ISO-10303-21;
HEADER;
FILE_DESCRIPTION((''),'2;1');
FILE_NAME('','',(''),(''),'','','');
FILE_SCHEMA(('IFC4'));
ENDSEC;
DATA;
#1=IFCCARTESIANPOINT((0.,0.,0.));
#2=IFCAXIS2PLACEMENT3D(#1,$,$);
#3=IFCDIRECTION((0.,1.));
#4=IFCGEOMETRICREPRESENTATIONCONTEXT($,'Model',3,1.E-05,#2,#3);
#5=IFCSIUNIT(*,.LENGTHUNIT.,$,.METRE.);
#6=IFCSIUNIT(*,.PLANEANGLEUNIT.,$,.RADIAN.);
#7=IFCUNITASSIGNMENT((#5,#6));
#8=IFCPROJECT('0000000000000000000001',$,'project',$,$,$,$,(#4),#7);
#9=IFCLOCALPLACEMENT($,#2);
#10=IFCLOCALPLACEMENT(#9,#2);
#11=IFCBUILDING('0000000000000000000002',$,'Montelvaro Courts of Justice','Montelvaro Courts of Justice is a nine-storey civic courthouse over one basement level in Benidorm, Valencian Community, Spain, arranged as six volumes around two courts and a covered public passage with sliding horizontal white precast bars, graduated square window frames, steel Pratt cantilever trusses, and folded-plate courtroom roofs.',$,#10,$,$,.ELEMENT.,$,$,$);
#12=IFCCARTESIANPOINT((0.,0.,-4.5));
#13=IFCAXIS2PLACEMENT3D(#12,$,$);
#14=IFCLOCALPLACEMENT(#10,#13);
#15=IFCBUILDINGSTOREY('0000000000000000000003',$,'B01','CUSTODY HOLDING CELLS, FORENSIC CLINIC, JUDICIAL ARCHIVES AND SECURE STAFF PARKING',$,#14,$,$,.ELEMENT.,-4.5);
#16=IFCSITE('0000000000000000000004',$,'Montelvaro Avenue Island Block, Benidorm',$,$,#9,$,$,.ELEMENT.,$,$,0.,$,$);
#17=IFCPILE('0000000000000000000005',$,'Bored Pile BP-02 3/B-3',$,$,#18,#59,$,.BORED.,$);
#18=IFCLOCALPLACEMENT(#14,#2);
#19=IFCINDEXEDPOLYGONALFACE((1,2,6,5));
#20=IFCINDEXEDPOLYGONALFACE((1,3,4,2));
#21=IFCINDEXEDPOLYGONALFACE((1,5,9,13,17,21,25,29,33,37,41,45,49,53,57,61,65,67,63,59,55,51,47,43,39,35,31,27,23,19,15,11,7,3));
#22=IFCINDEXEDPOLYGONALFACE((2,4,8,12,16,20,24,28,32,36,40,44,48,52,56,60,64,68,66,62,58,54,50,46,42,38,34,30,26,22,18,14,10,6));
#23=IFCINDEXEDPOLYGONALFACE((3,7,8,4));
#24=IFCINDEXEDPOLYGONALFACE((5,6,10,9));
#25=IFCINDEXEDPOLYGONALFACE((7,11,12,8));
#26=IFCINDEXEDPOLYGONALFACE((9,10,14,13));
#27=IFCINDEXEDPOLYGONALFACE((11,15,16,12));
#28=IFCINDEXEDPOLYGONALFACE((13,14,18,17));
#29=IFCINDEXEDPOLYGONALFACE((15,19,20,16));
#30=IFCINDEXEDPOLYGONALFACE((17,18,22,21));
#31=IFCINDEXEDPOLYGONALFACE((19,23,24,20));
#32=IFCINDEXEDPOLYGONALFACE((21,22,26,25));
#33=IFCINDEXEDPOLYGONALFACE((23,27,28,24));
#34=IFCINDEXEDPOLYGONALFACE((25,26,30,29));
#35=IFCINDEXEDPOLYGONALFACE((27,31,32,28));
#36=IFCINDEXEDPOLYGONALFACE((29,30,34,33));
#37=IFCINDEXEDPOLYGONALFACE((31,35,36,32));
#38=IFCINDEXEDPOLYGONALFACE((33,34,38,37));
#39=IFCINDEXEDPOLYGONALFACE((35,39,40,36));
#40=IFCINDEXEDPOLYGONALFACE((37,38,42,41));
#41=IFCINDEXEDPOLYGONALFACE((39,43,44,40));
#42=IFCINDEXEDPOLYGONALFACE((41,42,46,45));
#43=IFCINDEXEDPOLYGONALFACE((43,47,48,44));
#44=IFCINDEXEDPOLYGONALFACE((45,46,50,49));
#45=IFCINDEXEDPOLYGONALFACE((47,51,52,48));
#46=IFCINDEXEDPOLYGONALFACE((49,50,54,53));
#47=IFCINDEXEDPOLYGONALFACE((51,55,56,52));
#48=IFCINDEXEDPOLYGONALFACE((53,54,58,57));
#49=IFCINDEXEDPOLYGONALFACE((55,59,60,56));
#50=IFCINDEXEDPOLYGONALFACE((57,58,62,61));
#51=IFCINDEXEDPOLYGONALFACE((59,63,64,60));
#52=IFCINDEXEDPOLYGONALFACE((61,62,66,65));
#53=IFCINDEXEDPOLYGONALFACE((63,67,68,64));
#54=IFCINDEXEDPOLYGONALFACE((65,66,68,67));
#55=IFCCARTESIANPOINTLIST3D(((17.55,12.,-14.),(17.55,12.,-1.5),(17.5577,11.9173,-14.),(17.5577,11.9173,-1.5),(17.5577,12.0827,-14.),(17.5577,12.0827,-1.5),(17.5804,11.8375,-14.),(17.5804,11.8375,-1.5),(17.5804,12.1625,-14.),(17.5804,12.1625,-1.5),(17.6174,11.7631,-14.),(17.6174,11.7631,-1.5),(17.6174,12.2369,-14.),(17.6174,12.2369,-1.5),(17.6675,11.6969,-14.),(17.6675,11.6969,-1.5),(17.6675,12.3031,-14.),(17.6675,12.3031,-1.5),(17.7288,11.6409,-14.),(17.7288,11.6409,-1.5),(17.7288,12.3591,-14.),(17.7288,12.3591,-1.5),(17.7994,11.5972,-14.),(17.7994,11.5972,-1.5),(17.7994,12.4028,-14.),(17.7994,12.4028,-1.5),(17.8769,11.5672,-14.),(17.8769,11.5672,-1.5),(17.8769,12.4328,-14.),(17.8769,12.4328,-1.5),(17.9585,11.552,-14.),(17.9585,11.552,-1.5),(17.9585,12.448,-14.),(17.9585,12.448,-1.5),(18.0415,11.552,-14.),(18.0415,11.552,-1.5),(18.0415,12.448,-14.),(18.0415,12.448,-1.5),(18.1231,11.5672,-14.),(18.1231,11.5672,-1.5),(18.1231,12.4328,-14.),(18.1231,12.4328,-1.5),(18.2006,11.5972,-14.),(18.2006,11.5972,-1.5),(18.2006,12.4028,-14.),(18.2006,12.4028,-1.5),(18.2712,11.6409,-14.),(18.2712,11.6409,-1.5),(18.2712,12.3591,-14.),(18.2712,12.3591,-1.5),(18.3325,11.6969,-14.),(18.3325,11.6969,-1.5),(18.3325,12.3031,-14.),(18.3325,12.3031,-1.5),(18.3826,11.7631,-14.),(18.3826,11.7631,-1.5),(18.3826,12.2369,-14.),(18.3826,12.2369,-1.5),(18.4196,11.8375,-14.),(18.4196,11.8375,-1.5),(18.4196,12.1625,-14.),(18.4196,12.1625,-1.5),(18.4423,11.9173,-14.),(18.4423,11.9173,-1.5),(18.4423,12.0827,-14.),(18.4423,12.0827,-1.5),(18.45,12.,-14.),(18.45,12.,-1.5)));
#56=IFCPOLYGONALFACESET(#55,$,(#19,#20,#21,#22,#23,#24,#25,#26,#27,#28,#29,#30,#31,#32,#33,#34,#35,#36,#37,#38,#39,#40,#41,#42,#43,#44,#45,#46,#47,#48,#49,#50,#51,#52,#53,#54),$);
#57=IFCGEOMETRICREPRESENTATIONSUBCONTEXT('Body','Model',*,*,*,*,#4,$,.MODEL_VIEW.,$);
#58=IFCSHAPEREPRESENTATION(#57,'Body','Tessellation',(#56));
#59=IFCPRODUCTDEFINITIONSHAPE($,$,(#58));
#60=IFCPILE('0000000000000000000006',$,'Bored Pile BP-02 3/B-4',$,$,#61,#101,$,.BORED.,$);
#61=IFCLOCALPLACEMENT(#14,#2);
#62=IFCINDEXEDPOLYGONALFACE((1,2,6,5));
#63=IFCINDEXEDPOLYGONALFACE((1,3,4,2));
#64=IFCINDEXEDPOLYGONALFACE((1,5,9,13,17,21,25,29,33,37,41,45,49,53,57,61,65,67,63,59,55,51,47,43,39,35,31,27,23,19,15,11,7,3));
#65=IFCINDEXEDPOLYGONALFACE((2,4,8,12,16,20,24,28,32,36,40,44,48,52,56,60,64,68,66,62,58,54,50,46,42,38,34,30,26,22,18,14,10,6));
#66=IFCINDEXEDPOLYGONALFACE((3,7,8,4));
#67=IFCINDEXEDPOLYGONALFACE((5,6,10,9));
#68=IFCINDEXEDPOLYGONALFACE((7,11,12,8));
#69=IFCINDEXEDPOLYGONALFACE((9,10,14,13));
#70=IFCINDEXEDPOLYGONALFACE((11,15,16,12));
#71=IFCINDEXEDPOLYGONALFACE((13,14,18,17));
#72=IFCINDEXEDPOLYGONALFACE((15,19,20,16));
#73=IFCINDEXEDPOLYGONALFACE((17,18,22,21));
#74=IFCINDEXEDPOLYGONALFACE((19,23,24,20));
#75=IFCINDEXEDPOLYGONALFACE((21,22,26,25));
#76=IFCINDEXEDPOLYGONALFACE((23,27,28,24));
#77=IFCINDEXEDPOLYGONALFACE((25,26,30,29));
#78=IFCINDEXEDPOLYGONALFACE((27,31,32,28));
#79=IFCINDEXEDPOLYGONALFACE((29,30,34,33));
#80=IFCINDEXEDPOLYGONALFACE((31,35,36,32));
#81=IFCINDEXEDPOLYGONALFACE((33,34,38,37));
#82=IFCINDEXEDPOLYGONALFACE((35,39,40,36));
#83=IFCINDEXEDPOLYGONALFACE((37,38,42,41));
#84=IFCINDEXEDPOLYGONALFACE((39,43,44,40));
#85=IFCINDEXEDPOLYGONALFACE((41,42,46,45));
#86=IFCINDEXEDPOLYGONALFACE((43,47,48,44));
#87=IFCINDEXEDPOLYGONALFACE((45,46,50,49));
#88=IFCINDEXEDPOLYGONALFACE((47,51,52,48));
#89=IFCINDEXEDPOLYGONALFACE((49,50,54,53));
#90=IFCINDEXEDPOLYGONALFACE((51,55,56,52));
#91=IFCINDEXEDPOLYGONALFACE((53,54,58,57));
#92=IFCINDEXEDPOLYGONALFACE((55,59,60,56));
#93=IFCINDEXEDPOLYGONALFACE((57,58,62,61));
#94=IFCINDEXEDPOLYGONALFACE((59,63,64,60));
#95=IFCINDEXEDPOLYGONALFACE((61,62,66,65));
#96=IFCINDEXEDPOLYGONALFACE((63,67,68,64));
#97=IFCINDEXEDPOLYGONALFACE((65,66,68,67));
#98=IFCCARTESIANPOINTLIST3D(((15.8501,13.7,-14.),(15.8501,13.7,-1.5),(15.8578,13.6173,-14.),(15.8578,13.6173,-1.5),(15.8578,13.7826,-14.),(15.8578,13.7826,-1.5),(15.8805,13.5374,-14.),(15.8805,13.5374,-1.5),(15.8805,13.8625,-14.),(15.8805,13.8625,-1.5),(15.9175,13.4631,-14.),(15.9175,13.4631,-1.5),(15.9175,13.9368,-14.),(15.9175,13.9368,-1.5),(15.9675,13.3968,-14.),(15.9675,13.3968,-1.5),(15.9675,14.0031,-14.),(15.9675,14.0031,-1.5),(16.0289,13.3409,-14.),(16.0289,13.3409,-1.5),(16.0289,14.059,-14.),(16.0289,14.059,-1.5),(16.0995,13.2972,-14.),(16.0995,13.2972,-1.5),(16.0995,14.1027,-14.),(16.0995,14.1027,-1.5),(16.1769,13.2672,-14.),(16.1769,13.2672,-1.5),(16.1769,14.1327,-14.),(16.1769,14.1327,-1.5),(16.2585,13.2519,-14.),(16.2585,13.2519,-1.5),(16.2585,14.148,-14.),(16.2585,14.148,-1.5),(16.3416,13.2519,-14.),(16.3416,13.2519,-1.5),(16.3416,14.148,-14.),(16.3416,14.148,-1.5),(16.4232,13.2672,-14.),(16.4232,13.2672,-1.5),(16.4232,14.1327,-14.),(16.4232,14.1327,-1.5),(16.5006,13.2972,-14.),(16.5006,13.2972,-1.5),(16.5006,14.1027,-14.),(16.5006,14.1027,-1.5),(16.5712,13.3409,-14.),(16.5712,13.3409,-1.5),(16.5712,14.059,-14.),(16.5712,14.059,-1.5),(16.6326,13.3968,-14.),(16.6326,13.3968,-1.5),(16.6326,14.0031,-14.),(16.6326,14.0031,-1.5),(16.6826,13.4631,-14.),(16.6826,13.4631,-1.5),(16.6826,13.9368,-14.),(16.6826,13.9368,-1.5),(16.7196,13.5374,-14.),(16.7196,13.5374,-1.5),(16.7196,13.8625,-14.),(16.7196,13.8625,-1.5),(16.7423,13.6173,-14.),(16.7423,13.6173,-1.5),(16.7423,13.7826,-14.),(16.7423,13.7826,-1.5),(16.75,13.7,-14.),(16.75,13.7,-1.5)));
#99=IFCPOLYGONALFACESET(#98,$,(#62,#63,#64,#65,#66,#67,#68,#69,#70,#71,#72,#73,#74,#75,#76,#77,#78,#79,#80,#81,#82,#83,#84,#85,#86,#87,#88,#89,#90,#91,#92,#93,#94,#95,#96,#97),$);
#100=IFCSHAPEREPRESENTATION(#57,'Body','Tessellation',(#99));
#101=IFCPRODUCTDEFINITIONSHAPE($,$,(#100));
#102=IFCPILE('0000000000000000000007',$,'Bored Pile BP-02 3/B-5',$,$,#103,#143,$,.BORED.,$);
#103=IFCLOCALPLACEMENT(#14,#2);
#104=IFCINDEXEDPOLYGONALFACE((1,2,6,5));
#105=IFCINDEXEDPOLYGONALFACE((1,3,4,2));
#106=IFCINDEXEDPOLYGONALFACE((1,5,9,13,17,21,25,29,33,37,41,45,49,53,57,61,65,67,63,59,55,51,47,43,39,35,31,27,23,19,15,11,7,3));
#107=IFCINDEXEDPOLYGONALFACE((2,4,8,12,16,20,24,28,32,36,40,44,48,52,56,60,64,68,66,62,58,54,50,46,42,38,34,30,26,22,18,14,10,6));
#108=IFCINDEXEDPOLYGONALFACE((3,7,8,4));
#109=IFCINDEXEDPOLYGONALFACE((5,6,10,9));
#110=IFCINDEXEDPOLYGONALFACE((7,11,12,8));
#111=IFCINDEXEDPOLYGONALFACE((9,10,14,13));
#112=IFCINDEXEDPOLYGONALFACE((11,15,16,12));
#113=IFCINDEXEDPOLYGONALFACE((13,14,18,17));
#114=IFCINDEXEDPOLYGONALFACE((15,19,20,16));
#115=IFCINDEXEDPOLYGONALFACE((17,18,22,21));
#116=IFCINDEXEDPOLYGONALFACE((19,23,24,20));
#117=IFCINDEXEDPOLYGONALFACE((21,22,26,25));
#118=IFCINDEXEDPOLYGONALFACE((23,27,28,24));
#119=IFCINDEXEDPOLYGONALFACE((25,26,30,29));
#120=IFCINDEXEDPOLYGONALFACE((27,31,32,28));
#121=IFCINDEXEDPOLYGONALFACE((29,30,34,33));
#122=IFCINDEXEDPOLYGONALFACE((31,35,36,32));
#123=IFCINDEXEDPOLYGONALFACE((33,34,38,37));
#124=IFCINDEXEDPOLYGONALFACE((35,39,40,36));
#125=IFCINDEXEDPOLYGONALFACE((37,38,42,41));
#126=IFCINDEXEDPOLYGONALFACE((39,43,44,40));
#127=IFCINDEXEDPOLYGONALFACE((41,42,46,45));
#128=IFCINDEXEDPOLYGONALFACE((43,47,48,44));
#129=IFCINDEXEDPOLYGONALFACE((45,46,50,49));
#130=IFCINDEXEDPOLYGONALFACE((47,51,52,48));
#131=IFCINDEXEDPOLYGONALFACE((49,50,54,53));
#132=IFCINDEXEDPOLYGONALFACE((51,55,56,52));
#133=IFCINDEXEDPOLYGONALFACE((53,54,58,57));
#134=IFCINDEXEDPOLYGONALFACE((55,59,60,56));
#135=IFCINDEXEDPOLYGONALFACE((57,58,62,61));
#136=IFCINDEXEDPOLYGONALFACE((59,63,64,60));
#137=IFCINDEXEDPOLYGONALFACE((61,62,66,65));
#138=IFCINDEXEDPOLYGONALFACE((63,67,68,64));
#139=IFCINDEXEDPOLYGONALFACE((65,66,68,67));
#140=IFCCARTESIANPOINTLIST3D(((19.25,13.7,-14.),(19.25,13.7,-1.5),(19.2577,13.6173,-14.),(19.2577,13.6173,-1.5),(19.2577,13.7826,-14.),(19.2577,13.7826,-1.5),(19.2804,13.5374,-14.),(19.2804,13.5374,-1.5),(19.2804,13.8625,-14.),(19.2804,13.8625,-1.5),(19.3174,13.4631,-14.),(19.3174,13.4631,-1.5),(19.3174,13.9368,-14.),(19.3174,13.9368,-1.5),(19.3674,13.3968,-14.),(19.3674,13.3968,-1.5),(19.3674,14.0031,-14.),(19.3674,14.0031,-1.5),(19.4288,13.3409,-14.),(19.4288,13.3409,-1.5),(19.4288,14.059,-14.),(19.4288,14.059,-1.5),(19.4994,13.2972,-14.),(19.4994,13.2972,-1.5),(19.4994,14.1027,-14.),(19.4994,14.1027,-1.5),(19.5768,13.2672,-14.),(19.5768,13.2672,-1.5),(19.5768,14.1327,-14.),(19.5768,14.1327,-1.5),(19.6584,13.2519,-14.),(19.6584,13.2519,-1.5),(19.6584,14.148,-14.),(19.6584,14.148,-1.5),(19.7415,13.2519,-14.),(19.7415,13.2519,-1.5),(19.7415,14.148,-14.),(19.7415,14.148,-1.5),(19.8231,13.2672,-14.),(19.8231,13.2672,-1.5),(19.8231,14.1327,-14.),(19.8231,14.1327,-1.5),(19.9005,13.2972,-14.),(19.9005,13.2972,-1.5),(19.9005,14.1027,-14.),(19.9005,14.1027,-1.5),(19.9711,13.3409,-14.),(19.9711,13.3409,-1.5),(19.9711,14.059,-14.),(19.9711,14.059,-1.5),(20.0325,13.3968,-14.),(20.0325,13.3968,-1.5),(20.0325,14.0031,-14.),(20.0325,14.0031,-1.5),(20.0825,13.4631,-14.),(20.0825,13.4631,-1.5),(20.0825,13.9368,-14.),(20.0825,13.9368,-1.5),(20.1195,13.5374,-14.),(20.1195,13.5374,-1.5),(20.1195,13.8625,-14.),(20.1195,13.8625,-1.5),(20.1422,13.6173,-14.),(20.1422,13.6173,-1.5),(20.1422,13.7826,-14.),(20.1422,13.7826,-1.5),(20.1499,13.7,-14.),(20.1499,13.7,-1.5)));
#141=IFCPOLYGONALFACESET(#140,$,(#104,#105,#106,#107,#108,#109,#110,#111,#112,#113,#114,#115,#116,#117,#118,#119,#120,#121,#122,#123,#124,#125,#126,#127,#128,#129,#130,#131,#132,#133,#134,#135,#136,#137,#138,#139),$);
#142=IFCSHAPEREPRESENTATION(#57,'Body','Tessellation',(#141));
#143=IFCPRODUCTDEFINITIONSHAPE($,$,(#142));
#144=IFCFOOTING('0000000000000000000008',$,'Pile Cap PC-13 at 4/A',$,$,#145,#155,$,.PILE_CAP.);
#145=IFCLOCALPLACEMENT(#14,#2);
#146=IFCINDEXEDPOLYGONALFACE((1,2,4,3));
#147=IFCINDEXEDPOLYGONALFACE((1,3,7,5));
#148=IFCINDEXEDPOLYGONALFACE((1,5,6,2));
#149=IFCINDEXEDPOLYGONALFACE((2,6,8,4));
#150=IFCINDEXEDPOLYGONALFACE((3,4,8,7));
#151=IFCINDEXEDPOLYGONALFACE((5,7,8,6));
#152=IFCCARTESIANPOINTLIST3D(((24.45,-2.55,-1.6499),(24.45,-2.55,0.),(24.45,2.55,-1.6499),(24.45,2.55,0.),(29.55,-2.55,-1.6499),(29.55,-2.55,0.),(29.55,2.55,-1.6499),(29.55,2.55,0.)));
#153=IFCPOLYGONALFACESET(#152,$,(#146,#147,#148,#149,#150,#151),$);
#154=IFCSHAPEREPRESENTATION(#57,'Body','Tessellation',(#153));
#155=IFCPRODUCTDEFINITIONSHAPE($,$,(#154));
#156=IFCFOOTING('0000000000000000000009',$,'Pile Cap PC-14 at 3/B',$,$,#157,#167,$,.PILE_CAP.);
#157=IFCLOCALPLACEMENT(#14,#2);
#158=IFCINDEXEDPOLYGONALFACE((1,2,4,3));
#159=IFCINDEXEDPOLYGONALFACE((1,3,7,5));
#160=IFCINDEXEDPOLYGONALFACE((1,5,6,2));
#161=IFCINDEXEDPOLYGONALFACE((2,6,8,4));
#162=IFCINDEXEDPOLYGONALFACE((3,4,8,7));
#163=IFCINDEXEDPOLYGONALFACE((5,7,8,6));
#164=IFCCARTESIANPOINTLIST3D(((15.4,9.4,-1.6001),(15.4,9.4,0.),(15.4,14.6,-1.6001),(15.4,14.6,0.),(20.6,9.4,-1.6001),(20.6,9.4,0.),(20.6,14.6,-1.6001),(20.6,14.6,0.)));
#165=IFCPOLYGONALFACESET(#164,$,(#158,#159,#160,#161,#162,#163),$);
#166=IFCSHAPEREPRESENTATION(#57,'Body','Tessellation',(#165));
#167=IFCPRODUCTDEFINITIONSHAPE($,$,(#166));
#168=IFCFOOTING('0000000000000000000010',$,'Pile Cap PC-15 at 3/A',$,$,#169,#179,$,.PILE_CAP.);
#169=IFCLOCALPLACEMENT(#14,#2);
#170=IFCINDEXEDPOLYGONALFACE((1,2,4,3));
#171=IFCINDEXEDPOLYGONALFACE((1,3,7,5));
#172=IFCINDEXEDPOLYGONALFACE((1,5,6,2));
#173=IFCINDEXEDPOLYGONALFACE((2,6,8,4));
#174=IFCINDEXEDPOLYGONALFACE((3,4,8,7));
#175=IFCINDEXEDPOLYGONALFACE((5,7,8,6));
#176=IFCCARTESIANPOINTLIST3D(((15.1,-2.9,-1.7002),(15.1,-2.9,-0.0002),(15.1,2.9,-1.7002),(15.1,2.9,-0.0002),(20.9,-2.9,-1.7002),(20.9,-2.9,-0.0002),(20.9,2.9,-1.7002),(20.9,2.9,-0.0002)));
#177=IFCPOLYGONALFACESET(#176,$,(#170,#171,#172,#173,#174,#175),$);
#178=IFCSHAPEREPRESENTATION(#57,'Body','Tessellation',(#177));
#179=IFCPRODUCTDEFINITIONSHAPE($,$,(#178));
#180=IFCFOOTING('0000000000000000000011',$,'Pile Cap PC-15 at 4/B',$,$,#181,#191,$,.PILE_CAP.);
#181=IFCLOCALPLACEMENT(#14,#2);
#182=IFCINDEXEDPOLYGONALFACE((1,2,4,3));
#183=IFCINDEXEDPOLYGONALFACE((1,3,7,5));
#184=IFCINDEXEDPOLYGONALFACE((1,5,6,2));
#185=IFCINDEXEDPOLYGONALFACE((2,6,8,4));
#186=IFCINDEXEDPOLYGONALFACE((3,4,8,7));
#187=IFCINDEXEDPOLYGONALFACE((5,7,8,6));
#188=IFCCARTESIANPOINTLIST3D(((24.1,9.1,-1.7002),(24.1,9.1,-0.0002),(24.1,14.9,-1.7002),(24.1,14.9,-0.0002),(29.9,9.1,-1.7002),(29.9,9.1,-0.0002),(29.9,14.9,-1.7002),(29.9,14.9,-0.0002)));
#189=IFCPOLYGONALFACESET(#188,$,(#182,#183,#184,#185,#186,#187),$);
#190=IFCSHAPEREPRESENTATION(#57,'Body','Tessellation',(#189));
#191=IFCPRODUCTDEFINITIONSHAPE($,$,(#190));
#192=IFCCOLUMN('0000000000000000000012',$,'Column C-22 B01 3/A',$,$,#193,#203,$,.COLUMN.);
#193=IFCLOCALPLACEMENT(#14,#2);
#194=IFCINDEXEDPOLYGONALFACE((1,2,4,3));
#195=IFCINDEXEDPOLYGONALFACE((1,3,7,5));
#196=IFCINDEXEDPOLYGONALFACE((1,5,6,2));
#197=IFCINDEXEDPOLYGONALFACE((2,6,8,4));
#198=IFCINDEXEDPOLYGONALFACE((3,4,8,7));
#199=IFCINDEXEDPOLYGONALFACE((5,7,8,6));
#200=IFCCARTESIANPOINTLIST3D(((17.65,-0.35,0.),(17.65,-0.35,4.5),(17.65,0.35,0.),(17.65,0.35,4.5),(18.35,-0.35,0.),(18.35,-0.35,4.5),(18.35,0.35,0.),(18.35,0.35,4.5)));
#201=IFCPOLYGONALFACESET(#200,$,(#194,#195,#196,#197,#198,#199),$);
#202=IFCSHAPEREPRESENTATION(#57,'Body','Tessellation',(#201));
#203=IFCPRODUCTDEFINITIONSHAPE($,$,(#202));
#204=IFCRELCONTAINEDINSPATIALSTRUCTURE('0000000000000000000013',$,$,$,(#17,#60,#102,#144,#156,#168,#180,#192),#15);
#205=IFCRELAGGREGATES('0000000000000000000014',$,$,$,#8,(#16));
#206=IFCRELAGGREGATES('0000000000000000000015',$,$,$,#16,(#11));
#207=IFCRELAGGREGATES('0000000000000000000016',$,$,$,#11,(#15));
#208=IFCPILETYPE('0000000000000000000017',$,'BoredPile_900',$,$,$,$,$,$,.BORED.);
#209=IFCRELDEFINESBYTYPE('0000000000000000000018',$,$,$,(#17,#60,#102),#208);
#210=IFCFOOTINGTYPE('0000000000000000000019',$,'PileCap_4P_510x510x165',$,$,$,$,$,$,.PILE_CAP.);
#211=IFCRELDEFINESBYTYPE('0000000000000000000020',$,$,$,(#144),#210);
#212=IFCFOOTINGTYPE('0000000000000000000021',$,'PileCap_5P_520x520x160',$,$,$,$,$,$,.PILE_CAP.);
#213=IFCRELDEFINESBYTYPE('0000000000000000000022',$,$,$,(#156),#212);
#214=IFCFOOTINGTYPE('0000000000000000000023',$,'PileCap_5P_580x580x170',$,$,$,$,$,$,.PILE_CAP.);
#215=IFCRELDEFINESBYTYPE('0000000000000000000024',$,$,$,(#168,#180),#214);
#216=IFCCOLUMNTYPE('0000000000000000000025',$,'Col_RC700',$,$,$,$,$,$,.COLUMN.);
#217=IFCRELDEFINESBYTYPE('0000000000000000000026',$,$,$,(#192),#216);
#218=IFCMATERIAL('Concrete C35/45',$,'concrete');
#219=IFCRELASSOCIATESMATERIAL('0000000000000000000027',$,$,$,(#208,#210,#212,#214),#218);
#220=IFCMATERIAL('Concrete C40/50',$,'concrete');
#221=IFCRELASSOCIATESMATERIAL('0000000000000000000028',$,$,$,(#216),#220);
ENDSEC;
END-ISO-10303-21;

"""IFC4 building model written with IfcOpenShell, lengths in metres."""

from ifc_helpers import new_model, si_unit, direction, frame, origin, origin_2d, place, context, subcontext, project, spatial, rectangle, circle, extrude, material, material_profile, profile_set, type_object, element, save


model = new_model("IFC4")

# Units and contexts
model_context = context("Model", 3, precision=1e-05, world=origin(), true_north=direction((0.0, 1.0)))
body_context = subcontext(model_context, "Body", "Model", "MODEL_VIEW")
ifc_project = project(units=[si_unit("LENGTHUNIT", "METRE"), si_unit("PLANEANGLEUNIT", "RADIAN")], contexts=[model_context])

# Site, building, storey
site_placement = place(None, origin())
site = spatial("IfcSite", under=ifc_project, at=site_placement, Name="Montelvaro Avenue Island Block, Benidorm", CompositionType="ELEMENT", RefElevation=0.0)
building_placement = place(site_placement, origin())
building = spatial("IfcBuilding", under=site, at=building_placement, Name="Montelvaro Courts of Justice", Description="Montelvaro Courts of Justice is a nine-storey civic courthouse over one basement level in Benidorm, Valencian Community, Spain, arranged as six volumes around two courts and a covered public passage with sliding horizontal white precast bars, graduated square window frames, steel Pratt cantilever trusses, and folded-plate courtroom roofs.", CompositionType="ELEMENT")
storey_placement = place(building_placement, frame((0.0, 0.0, -4.5)))
storey = spatial("IfcBuildingStorey", under=building, at=storey_placement, Name="B01", Description="CUSTODY HOLDING CELLS, FORENSIC CLINIC, JUDICIAL ARCHIVES AND SECURE STAFF PARKING", CompositionType="ELEMENT", Elevation=-4.5)

# Piles
ifc_material_1 = material(Name="Concrete C35/45", Category="concrete")
ifc_material_profile_1 = material_profile(ifc_material_1, circle(Radius=0.45, at=origin_2d()), Name="BORED PILE D900")
ifc_profile_set_1 = profile_set([ifc_material_profile_1], Name="Concrete C35/45")
pile_type_1 = type_object("IfcPileType", Name="BoredPile_900", PredefinedType="BORED", material=ifc_profile_set_1)
for number, where, z_axis, x_axis, name in (
    (1, (18.0, 12.0, -1.5), (0.0, 0.0, -1.0), (1.0, 0.0, 0.0), "Bored Pile BP-02 3/B-3"),
    (2, (16.3, 13.7, -1.5), (0.0, 0.0, -1.0), (1.0, 0.0, 0.0), "Bored Pile BP-02 3/B-4"),
    (3, (19.7, 13.7, -1.5), (0.0, 0.0, -1.0), (1.0, 0.0, 0.0), "Bored Pile BP-02 3/B-5"),
):
    element("IfcPile", number, at=place(storey_placement, frame(where, z_axis=z_axis, x_axis=x_axis)), inside=storey, type_object=pile_type_1, Name=name, PredefinedType="BORED", context=body_context, shape_type="SweptSolid", body=[
        extrude(circle(Radius=0.45, at=origin_2d()), origin(), (0.0, 0.0, 1.0), 12.5),
    ])

# Footings
footing_type_1 = type_object("IfcFootingType", Name="PileCap_4P_510x510x165", PredefinedType="PILE_CAP", material=ifc_material_1)
footing_1_placement = place(storey_placement, frame((27.0, 0.0, -1.6499), z_axis=(0.0, 0.0, 1.0), x_axis=(1.0, 0.0, 0.0)))
element("IfcFooting", 4, at=footing_1_placement, inside=storey, type_object=footing_type_1, Name="Pile Cap PC-13 at 4/A", PredefinedType="PILE_CAP", context=body_context, shape_type="SweptSolid", body=[
    extrude(rectangle(XDim=5.1001, YDim=5.1001, at=origin_2d()), origin(), (0.0, 0.0, 1.0), 1.6499),
])
footing_type_2 = type_object("IfcFootingType", Name="PileCap_5P_520x520x160", PredefinedType="PILE_CAP", material=ifc_material_1)
footing_2_placement = place(storey_placement, frame((18.0, 12.0, -1.6001), z_axis=(0.0, 0.0, 1.0), x_axis=(1.0, 0.0, 0.0)))
element("IfcFooting", 5, at=footing_2_placement, inside=storey, type_object=footing_type_2, Name="Pile Cap PC-14 at 3/B", PredefinedType="PILE_CAP", context=body_context, shape_type="SweptSolid", body=[
    extrude(rectangle(XDim=5.2, YDim=5.2, at=origin_2d()), origin(), (0.0, 0.0, 1.0), 1.6001),
])
footing_type_3 = type_object("IfcFootingType", Name="PileCap_5P_580x580x170", PredefinedType="PILE_CAP", material=ifc_material_1)
for number, where, z_axis, x_axis, name in (
    (6, (18.0, 0.0, -1.7002), (0.0, 0.0, 1.0), (1.0, 0.0, 0.0), "Pile Cap PC-15 at 3/A"),
    (7, (27.0, 12.0, -1.7002), (0.0, 0.0, 1.0), (1.0, 0.0, 0.0), "Pile Cap PC-15 at 4/B"),
):
    element("IfcFooting", number, at=place(storey_placement, frame(where, z_axis=z_axis, x_axis=x_axis)), inside=storey, type_object=footing_type_3, Name=name, PredefinedType="PILE_CAP", context=body_context, shape_type="SweptSolid", body=[
        extrude(rectangle(XDim=5.8, YDim=5.8, at=origin_2d()), origin(), (0.0, 0.0, 1.0), 1.7),
    ])

# Column
ifc_material_2 = material(Name="Concrete C40/50", Category="concrete")
ifc_material_profile_2 = material_profile(ifc_material_2, rectangle(XDim=0.7, YDim=0.7, at=origin_2d()), Name="RC 700x700")
ifc_profile_set_2 = profile_set([ifc_material_profile_2], Name="Concrete C40/50")
column_type = type_object("IfcColumnType", Name="Col_RC700", PredefinedType="COLUMN", material=ifc_profile_set_2)
for number, where, z_axis, x_axis, name in (
    (8, (18.0, 0.0, 0.0), (0.0, 0.0, 1.0), (1.0, 0.0, 0.0), "Column C-22 B01 3/A"),
):
    element("IfcColumn", number, at=place(storey_placement, frame(where, z_axis=z_axis, x_axis=x_axis)), inside=storey, type_object=column_type, Name=name, PredefinedType="COLUMN", context=body_context, shape_type="SweptSolid", body=[
        extrude(rectangle(XDim=0.7, YDim=0.7, at=origin_2d()), origin(), (0.0, 0.0, 1.0), 4.5),
    ])

save(model, "model.ifc")
